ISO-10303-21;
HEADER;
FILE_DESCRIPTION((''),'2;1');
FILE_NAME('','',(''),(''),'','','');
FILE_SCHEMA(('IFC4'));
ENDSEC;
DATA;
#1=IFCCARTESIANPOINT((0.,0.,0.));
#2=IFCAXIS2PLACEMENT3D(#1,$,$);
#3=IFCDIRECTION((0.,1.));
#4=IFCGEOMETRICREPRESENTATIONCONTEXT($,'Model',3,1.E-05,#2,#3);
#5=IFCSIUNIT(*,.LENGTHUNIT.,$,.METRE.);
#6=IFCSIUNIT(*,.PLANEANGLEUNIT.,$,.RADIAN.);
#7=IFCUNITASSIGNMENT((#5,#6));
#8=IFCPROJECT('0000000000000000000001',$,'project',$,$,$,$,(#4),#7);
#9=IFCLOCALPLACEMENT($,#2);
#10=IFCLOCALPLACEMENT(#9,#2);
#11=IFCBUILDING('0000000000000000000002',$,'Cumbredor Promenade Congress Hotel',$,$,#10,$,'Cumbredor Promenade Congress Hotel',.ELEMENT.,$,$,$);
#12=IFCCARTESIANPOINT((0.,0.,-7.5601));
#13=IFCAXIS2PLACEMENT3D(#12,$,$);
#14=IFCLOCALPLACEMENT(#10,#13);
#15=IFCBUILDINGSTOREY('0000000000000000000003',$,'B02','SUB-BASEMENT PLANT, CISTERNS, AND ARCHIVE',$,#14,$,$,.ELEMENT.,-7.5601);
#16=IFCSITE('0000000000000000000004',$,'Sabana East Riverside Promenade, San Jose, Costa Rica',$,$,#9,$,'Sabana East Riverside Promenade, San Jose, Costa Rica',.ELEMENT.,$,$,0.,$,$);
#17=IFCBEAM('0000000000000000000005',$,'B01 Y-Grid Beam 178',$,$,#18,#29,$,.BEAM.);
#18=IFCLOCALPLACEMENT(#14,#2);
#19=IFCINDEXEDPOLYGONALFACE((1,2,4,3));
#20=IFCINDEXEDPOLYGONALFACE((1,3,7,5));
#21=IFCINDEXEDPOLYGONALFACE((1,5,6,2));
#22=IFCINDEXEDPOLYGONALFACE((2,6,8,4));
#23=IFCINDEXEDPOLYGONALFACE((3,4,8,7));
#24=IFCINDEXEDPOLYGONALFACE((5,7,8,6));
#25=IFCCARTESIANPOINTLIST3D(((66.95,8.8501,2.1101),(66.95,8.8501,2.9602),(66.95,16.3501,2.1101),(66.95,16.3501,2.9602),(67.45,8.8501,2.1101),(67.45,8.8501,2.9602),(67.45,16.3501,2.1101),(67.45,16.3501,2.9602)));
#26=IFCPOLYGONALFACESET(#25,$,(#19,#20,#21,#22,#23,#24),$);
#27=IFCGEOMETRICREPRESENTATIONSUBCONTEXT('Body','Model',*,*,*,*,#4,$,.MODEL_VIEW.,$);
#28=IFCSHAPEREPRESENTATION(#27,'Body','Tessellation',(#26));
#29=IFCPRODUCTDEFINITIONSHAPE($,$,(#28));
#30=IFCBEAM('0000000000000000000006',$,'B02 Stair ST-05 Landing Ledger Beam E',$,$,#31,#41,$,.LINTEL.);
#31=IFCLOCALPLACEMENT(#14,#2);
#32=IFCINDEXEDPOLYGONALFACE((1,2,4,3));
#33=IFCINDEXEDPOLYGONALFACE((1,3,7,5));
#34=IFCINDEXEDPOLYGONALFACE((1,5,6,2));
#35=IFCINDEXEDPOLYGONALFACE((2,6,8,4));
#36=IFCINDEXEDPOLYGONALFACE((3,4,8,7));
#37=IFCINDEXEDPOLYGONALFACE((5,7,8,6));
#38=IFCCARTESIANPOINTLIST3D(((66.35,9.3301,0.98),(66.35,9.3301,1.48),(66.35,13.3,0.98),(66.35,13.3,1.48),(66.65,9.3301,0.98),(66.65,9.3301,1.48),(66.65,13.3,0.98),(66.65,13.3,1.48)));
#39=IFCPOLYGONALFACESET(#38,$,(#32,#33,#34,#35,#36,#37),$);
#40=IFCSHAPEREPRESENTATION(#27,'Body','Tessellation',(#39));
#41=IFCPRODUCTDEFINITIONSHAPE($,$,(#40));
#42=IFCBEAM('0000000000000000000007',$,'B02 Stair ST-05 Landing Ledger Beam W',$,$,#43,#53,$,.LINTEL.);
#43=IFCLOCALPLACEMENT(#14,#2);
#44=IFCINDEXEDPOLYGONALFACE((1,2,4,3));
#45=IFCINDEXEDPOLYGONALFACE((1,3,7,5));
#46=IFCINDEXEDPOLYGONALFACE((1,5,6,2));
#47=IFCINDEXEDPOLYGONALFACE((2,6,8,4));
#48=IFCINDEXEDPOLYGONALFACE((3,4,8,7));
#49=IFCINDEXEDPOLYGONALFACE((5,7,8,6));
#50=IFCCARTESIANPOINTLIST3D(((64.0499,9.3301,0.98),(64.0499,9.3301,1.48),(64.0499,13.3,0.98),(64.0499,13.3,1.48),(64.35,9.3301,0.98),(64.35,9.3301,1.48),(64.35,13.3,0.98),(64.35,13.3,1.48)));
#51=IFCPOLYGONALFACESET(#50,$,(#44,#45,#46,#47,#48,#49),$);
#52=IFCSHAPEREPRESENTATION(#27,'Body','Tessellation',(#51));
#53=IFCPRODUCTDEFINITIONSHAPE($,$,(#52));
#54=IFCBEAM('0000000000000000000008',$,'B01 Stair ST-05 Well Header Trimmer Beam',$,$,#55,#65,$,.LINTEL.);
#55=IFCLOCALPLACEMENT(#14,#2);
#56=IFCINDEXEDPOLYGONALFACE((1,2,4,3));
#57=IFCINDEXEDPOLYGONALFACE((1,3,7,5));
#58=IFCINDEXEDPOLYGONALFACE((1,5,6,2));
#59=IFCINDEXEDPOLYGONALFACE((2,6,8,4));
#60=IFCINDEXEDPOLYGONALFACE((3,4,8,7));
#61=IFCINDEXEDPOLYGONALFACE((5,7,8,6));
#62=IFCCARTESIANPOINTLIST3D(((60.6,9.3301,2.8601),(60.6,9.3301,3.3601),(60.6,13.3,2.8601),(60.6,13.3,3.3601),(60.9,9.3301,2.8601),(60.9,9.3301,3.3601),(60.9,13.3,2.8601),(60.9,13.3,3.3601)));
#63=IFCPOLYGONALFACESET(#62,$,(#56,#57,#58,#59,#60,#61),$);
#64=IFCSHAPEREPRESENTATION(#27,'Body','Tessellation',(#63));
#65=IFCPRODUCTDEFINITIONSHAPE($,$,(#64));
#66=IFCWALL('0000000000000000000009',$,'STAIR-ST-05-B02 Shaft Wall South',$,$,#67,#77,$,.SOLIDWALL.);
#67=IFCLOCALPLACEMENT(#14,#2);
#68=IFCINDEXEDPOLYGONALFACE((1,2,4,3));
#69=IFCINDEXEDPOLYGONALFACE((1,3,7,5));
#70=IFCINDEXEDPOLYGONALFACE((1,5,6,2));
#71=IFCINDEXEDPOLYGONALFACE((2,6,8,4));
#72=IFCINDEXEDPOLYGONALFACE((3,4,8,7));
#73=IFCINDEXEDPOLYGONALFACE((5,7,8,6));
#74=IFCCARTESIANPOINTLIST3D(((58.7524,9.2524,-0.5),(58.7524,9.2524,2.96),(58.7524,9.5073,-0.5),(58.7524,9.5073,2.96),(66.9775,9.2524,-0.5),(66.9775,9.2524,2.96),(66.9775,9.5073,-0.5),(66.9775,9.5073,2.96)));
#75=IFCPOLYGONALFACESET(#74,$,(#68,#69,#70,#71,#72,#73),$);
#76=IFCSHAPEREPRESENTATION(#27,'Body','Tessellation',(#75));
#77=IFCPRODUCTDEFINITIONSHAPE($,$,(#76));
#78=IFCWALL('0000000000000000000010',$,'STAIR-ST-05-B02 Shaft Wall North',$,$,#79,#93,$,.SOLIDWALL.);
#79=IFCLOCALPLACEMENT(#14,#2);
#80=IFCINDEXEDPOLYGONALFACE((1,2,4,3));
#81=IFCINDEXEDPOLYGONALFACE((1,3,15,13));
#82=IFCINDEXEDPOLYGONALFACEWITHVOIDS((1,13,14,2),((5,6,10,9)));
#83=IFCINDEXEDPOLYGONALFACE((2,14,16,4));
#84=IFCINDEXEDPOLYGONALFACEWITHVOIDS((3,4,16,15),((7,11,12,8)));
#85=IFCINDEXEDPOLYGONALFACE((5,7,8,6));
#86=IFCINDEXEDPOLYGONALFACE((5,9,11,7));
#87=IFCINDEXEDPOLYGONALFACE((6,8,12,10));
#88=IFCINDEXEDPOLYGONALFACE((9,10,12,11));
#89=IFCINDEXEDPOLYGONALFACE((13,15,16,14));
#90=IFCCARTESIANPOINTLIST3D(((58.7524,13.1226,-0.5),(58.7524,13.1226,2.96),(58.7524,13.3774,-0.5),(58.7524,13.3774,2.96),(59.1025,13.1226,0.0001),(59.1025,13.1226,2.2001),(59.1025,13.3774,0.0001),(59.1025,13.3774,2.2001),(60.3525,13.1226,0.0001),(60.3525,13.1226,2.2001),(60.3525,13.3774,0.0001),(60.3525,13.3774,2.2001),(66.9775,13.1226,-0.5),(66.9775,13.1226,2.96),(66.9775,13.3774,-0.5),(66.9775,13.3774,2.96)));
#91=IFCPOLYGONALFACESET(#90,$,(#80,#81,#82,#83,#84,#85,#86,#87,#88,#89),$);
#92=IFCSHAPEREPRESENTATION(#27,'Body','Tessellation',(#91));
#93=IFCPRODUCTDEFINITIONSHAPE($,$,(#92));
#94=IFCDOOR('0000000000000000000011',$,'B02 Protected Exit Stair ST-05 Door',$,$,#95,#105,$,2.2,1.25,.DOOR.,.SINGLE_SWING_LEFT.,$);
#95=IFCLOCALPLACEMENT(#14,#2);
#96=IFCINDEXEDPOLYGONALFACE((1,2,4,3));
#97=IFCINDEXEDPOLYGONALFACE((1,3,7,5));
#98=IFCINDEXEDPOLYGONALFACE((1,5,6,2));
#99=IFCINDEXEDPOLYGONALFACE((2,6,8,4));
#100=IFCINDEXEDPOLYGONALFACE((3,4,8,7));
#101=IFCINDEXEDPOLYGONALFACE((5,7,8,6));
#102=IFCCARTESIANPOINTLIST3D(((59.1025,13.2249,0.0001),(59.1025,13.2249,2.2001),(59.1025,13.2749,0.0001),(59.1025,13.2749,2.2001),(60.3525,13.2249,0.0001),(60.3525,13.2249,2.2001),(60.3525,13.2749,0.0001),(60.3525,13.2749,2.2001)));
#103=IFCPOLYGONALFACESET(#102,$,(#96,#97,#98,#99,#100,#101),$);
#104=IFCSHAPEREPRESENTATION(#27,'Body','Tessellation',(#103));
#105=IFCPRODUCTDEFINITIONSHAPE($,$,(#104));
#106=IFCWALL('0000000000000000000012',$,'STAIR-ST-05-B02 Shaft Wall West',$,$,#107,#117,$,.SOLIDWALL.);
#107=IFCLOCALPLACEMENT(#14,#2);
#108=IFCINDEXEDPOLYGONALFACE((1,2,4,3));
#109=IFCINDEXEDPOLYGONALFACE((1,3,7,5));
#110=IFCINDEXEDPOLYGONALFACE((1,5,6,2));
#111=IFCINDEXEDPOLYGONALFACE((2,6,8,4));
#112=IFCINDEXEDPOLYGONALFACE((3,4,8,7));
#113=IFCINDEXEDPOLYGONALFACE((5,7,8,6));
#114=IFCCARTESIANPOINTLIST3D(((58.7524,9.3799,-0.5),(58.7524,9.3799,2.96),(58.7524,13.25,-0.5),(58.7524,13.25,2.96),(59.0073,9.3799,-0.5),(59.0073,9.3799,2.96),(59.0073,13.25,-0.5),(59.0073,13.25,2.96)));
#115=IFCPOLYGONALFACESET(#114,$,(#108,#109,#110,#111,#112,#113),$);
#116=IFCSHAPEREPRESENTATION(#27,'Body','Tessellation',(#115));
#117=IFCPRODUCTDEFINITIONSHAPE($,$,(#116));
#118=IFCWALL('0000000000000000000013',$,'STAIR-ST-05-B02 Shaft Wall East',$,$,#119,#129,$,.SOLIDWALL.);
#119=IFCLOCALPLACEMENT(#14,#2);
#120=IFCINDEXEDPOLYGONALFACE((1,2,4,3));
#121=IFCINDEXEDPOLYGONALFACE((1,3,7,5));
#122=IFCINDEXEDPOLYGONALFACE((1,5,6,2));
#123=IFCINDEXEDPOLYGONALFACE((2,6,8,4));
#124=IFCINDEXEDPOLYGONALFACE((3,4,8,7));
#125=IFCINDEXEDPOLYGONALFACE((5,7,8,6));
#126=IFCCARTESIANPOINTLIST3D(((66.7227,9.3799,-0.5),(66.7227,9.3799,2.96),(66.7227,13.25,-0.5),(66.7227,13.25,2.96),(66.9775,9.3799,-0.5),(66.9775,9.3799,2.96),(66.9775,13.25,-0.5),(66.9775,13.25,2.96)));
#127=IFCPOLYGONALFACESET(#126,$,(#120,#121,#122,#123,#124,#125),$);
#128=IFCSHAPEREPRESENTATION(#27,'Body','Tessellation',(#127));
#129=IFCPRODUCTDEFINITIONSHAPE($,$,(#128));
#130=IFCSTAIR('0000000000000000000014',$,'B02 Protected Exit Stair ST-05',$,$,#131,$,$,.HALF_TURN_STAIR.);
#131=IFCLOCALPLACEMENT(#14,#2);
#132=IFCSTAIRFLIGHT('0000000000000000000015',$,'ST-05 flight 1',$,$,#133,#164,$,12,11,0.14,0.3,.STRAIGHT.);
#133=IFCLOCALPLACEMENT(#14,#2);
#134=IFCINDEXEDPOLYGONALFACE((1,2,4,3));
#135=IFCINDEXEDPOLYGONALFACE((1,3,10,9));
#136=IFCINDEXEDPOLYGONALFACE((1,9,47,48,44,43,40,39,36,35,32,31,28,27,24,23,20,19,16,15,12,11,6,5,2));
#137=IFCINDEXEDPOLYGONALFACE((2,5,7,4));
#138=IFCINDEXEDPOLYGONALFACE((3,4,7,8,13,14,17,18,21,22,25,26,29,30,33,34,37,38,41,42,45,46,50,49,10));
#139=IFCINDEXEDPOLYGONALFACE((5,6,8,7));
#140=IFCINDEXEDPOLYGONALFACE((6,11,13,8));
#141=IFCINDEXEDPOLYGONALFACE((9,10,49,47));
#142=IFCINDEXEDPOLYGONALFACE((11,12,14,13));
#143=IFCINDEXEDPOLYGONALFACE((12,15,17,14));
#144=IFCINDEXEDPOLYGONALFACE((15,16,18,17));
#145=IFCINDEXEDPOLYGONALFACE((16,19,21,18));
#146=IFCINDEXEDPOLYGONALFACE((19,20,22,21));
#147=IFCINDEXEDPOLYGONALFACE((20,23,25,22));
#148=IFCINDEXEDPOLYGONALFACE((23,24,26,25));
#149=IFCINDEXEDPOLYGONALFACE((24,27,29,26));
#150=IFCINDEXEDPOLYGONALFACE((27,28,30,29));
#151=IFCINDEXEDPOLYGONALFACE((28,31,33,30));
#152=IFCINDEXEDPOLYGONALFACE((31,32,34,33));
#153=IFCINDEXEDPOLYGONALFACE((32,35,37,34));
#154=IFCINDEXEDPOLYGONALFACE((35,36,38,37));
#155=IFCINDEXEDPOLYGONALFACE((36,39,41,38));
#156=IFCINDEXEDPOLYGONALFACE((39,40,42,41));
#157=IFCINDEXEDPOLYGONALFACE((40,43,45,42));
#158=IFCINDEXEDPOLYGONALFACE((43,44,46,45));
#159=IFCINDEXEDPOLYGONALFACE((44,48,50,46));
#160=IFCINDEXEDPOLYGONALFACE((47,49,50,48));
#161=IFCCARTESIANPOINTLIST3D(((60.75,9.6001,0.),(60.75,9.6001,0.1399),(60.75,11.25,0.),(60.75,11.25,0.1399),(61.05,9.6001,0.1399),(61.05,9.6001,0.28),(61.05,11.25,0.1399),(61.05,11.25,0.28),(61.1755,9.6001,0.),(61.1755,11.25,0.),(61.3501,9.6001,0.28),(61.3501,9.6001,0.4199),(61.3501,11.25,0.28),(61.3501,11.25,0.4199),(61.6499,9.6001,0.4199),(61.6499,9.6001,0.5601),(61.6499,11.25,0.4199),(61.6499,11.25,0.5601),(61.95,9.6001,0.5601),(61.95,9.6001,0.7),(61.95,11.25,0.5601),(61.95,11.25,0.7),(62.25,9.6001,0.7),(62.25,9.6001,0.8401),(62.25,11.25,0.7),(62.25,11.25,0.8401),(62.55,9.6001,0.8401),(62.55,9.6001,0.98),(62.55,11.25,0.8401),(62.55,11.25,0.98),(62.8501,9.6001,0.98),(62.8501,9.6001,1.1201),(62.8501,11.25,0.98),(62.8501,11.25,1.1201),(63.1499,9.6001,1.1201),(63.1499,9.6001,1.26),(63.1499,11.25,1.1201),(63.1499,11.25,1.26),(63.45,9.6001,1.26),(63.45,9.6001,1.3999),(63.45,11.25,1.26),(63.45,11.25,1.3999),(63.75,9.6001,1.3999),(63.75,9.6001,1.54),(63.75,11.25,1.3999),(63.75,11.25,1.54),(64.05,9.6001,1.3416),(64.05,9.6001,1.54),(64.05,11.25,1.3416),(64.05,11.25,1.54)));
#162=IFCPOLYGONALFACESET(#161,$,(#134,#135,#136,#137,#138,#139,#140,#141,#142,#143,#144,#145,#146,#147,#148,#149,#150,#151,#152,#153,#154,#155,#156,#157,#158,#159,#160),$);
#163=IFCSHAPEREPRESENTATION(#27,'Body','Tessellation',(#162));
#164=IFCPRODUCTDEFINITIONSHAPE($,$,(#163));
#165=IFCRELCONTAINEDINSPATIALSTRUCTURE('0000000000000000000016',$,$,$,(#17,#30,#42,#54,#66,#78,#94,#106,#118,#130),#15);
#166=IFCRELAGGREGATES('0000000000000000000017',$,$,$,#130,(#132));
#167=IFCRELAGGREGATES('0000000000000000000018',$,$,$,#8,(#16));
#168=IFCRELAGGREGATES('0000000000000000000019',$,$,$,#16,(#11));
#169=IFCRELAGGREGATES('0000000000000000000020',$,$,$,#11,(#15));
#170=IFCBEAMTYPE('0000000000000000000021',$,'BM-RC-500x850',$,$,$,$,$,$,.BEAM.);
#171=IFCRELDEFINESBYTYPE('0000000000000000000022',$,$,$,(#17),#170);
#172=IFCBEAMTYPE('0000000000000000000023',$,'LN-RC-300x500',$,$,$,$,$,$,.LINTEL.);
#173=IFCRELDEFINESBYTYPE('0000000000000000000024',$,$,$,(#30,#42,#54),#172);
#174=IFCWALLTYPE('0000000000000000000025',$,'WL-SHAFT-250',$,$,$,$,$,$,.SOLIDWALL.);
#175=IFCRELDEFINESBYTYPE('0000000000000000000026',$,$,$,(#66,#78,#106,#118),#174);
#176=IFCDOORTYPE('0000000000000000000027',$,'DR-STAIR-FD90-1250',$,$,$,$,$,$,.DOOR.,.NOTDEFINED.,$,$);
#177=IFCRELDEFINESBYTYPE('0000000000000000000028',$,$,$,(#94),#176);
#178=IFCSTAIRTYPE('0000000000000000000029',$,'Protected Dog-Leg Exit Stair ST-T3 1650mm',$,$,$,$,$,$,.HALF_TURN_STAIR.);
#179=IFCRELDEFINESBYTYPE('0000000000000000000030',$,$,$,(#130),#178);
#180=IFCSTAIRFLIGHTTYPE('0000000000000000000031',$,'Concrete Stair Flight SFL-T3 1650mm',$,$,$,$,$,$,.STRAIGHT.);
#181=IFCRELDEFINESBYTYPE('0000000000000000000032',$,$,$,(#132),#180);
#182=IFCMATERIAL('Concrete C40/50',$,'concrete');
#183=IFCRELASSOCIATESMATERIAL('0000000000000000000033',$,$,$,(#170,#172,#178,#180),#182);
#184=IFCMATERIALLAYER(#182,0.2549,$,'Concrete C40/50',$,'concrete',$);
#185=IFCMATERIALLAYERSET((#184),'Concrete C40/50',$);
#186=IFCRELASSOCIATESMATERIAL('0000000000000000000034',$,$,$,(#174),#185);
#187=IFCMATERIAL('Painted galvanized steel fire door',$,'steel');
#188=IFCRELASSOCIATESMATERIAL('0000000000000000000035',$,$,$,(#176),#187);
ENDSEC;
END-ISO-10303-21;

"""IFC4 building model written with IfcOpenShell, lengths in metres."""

from ifc_helpers import new_model, si_unit, direction, frame, frame_2d, origin, origin_2d, place, context, subcontext, project, spatial, polyline, rectangle, outline, extrude, material, layer, layer_set, material_profile, profile_set, type_object, element, fill, aggregate, save


model = new_model("IFC4")

# Units and contexts
model_context = context("Model", 3, precision=1e-05, world=origin(), true_north=direction((0.0, 1.0)))
body_context = subcontext(model_context, "Body", "Model", "MODEL_VIEW")
ifc_project = project(units=[si_unit("LENGTHUNIT", "METRE"), si_unit("PLANEANGLEUNIT", "RADIAN")], contexts=[model_context])

# Site, building, storey
site_placement = place(None, origin())
site = spatial("IfcSite", under=ifc_project, at=site_placement, Name="Sabana East Riverside Promenade, San Jose, Costa Rica", LongName="Sabana East Riverside Promenade, San Jose, Costa Rica", CompositionType="ELEMENT", RefElevation=0.0)
building_placement = place(site_placement, origin())
building = spatial("IfcBuilding", under=site, at=building_placement, Name="Cumbredor Promenade Congress Hotel", LongName="Cumbredor Promenade Congress Hotel", CompositionType="ELEMENT")
storey_placement = place(building_placement, frame((0.0, 0.0, -7.5601)))
storey = spatial("IfcBuildingStorey", under=building, at=storey_placement, Name="B02", Description="SUB-BASEMENT PLANT, CISTERNS, AND ARCHIVE", CompositionType="ELEMENT", Elevation=-7.5601)

# Shared definitions
ifc_material_1 = material(Name="Concrete C40/50", Category="concrete")

# Beams
ifc_material_profile_1 = material_profile(ifc_material_1, rectangle(XDim=0.5, YDim=0.8501, at=origin_2d()), Name="RC BEAM 500x850")
ifc_profile_set_1 = profile_set([ifc_material_profile_1], Name="Concrete C40/50")
beam_type_1 = type_object("IfcBeamType", Name="BM-RC-500x850", PredefinedType="BEAM", material=ifc_profile_set_1)
beam_1_placement = place(storey_placement, frame((67.2, 8.8501, 2.5352), z_axis=(0.0, 1.0, 0.0), x_axis=(-1.0, 0.0, 0.0)))
element("IfcBeam", 1, at=beam_1_placement, inside=storey, type_object=beam_type_1, Name="B01 Y-Grid Beam 178", PredefinedType="BEAM", context=body_context, shape_type="SweptSolid", body=[
    extrude(rectangle(XDim=0.5, YDim=0.8501, at=origin_2d()), origin(), (0.0, 0.0, 1.0), 7.5),
])
ifc_material_profile_2 = material_profile(ifc_material_1, rectangle(XDim=0.3, YDim=0.5, at=origin_2d()), Name="RC LINTEL 300x500")
ifc_profile_set_2 = profile_set([ifc_material_profile_2], Name="Concrete C40/50")
beam_type_2 = type_object("IfcBeamType", Name="LN-RC-300x500", PredefinedType="LINTEL", material=ifc_profile_set_2)
for number, where, z_axis, x_axis, name in (
    (2, (66.5, 9.3301, 1.23), (0.0, 1.0, 0.0), (-1.0, 0.0, 0.0), "B02 Stair ST-05 Landing Ledger Beam E"),
    (3, (64.2, 9.3301, 1.23), (0.0, 1.0, 0.0), (-1.0, 0.0, 0.0), "B02 Stair ST-05 Landing Ledger Beam W"),
    (4, (60.75, 9.3301, 3.1101), (0.0, 1.0, 0.0), (-1.0, 0.0, 0.0), "B01 Stair ST-05 Well Header Trimmer Beam"),
):
    element("IfcBeam", number, at=place(storey_placement, frame(where, z_axis=z_axis, x_axis=x_axis)), inside=storey, type_object=beam_type_2, Name=name, PredefinedType="LINTEL", context=body_context, shape_type="SweptSolid", body=[
        extrude(rectangle(XDim=0.3, YDim=0.5, at=origin_2d()), origin(), (0.0, 0.0, 1.0), 3.97),
    ])

# Wall
ifc_layer = layer(ifc_material_1, 0.2549, Name="Concrete C40/50", Category="concrete")
ifc_layer_set = layer_set([ifc_layer], Name="Concrete C40/50")
wall_type = type_object("IfcWallType", Name="WL-SHAFT-250", PredefinedType="SOLIDWALL", material=ifc_layer_set)
wall_1_placement = place(storey_placement, frame((58.7524, 9.3799, -0.5), z_axis=(0.0, 0.0, 1.0), x_axis=(1.0, 0.0, 0.0)))
element("IfcWall", 5, at=wall_1_placement, inside=storey, type_object=wall_type, Name="STAIR-ST-05-B02 Shaft Wall South", PredefinedType="SOLIDWALL", context=body_context, shape_type="SweptSolid", body=[
    extrude(rectangle(XDim=8.2251, YDim=0.2549, at=frame_2d((4.1125, 0.0))), origin(), (0.0, 0.0, 1.0), 3.46),
])

# Wall, opening, door
wall_2_placement = place(storey_placement, frame((58.7524, 13.25, -0.5), z_axis=(0.0, 0.0, 1.0), x_axis=(1.0, 0.0, 0.0)))
wall_2 = element("IfcWall", 6, at=wall_2_placement, inside=storey, type_object=wall_type, Name="STAIR-ST-05-B02 Shaft Wall North", PredefinedType="SOLIDWALL", context=body_context, shape_type="SweptSolid", body=[
    extrude(rectangle(XDim=8.2251, YDim=0.2549, at=frame_2d((4.1125, 0.0))), origin(), (0.0, 0.0, 1.0), 3.46),
])
opening_placement = place(wall_2_placement, frame((0.3501, 0.0, 0.5)))
opening = element("IfcOpeningElement", 7, at=opening_placement, cuts=wall_2, PredefinedType="OPENING", context=body_context, shape_type="SweptSolid", body=[
    extrude(rectangle(XDim=1.25, YDim=2.2, at=frame_2d((0.625, 1.1001))), frame((0.0, 0.1375, 0.0), z_axis=(0.0, -1.0, 0.0), x_axis=(1.0, 0.0, 0.0)), (0.0, 0.0, 1.0), 0.2749),
])
ifc_material_2 = material(Name="Painted galvanized steel fire door", Category="steel")
door_type = type_object("IfcDoorType", Name="DR-STAIR-FD90-1250", OperationType="NOTDEFINED", PredefinedType="DOOR", material=ifc_material_2)
door_placement = place(opening_placement, origin())
door = element("IfcDoor", 8, at=door_placement, inside=storey, type_object=door_type, Name="B02 Protected Exit Stair ST-05 Door", OperationType="SINGLE_SWING_LEFT", OverallHeight=2.2, OverallWidth=1.25, PredefinedType="DOOR", context=body_context, shape_type="SweptSolid", body=[
    extrude(rectangle(XDim=1.25, YDim=2.2, at=frame_2d((0.625, 1.1001))), frame((0.0, 0.0249, 0.0), z_axis=(0.0, -1.0, 0.0), x_axis=(1.0, 0.0, 0.0)), (0.0, 0.0, 1.0), 0.05),
])
fill(opening, door)

# Walls
for number, where, z_axis, x_axis, name in (
    (9, (58.8799, 9.3799, -0.5), (0.0, 0.0, 1.0), (0.0, 1.0, 0.0), "STAIR-ST-05-B02 Shaft Wall West"),
    (10, (66.8501, 9.3799, -0.5), (0.0, 0.0, 1.0), (0.0, 1.0, 0.0), "STAIR-ST-05-B02 Shaft Wall East"),
):
    element("IfcWall", number, at=place(storey_placement, frame(where, z_axis=z_axis, x_axis=x_axis)), inside=storey, type_object=wall_type, Name=name, PredefinedType="SOLIDWALL", context=body_context, shape_type="SweptSolid", body=[
        extrude(rectangle(XDim=3.8701, YDim=0.2549, at=frame_2d((1.9351, 0.0))), origin(), (0.0, 0.0, 1.0), 3.46),
    ])

# Stair, stair flight
stair_type = type_object("IfcStairType", Name="Protected Dog-Leg Exit Stair ST-T3 1650mm", PredefinedType="HALF_TURN_STAIR", material=ifc_material_1)
stair_placement = place(storey_placement, origin())
stair = element("IfcStair", 11, at=stair_placement, inside=storey, type_object=stair_type, Name="B02 Protected Exit Stair ST-05", PredefinedType="HALF_TURN_STAIR")
stair_flight_type = type_object("IfcStairFlightType", Name="Concrete Stair Flight SFL-T3 1650mm", PredefinedType="STRAIGHT", material=ifc_material_1)
stair_flight_1_placement = place(storey_placement, frame((60.75, 10.425, 0.0), z_axis=(0.0, 0.0, 1.0), x_axis=(1.0, 0.0, 0.0)))
stair_flight_1 = element("IfcStairFlight", 12, at=stair_flight_1_placement, type_object=stair_flight_type, Name="ST-05 flight 1", NumberOfRisers=12, NumberOfTreads=11, PredefinedType="STRAIGHT", RiserHeight=0.14, TreadLength=0.3, context=body_context, shape_type="SweptSolid", body=[
    extrude(outline(polyline([(0.0, 0.0), (0.0, 0.1399), (0.3, 0.1399), (0.3, 0.28), (0.6001, 0.28), (0.6001, 0.4199), (0.8999, 0.4199), (0.8999, 0.5601), (1.2, 0.5601), (1.2, 0.7), (1.5, 0.7), (1.5, 0.8401), (1.8, 0.8401), (1.8, 0.98), (2.1001, 0.98), (2.1001, 1.1201), (2.3999, 1.1201), (2.3999, 1.26), (2.7, 1.26), (2.7, 1.3999), (3.0, 1.3999), (3.0, 1.54), (3.3, 1.54), (3.3, 1.6799), (3.3, 1.3416), (0.4255, 0.0), (0.0, 0.0)])), frame((0.0, 0.825, 0.0), z_axis=(0.0, -1.0, 0.0), x_axis=(1.0, 0.0, 0.0)), (0.0, 0.0, 1.0), 1.6499),
])
aggregate(stair, [stair_flight_1])

save(model, "model.ifc")
